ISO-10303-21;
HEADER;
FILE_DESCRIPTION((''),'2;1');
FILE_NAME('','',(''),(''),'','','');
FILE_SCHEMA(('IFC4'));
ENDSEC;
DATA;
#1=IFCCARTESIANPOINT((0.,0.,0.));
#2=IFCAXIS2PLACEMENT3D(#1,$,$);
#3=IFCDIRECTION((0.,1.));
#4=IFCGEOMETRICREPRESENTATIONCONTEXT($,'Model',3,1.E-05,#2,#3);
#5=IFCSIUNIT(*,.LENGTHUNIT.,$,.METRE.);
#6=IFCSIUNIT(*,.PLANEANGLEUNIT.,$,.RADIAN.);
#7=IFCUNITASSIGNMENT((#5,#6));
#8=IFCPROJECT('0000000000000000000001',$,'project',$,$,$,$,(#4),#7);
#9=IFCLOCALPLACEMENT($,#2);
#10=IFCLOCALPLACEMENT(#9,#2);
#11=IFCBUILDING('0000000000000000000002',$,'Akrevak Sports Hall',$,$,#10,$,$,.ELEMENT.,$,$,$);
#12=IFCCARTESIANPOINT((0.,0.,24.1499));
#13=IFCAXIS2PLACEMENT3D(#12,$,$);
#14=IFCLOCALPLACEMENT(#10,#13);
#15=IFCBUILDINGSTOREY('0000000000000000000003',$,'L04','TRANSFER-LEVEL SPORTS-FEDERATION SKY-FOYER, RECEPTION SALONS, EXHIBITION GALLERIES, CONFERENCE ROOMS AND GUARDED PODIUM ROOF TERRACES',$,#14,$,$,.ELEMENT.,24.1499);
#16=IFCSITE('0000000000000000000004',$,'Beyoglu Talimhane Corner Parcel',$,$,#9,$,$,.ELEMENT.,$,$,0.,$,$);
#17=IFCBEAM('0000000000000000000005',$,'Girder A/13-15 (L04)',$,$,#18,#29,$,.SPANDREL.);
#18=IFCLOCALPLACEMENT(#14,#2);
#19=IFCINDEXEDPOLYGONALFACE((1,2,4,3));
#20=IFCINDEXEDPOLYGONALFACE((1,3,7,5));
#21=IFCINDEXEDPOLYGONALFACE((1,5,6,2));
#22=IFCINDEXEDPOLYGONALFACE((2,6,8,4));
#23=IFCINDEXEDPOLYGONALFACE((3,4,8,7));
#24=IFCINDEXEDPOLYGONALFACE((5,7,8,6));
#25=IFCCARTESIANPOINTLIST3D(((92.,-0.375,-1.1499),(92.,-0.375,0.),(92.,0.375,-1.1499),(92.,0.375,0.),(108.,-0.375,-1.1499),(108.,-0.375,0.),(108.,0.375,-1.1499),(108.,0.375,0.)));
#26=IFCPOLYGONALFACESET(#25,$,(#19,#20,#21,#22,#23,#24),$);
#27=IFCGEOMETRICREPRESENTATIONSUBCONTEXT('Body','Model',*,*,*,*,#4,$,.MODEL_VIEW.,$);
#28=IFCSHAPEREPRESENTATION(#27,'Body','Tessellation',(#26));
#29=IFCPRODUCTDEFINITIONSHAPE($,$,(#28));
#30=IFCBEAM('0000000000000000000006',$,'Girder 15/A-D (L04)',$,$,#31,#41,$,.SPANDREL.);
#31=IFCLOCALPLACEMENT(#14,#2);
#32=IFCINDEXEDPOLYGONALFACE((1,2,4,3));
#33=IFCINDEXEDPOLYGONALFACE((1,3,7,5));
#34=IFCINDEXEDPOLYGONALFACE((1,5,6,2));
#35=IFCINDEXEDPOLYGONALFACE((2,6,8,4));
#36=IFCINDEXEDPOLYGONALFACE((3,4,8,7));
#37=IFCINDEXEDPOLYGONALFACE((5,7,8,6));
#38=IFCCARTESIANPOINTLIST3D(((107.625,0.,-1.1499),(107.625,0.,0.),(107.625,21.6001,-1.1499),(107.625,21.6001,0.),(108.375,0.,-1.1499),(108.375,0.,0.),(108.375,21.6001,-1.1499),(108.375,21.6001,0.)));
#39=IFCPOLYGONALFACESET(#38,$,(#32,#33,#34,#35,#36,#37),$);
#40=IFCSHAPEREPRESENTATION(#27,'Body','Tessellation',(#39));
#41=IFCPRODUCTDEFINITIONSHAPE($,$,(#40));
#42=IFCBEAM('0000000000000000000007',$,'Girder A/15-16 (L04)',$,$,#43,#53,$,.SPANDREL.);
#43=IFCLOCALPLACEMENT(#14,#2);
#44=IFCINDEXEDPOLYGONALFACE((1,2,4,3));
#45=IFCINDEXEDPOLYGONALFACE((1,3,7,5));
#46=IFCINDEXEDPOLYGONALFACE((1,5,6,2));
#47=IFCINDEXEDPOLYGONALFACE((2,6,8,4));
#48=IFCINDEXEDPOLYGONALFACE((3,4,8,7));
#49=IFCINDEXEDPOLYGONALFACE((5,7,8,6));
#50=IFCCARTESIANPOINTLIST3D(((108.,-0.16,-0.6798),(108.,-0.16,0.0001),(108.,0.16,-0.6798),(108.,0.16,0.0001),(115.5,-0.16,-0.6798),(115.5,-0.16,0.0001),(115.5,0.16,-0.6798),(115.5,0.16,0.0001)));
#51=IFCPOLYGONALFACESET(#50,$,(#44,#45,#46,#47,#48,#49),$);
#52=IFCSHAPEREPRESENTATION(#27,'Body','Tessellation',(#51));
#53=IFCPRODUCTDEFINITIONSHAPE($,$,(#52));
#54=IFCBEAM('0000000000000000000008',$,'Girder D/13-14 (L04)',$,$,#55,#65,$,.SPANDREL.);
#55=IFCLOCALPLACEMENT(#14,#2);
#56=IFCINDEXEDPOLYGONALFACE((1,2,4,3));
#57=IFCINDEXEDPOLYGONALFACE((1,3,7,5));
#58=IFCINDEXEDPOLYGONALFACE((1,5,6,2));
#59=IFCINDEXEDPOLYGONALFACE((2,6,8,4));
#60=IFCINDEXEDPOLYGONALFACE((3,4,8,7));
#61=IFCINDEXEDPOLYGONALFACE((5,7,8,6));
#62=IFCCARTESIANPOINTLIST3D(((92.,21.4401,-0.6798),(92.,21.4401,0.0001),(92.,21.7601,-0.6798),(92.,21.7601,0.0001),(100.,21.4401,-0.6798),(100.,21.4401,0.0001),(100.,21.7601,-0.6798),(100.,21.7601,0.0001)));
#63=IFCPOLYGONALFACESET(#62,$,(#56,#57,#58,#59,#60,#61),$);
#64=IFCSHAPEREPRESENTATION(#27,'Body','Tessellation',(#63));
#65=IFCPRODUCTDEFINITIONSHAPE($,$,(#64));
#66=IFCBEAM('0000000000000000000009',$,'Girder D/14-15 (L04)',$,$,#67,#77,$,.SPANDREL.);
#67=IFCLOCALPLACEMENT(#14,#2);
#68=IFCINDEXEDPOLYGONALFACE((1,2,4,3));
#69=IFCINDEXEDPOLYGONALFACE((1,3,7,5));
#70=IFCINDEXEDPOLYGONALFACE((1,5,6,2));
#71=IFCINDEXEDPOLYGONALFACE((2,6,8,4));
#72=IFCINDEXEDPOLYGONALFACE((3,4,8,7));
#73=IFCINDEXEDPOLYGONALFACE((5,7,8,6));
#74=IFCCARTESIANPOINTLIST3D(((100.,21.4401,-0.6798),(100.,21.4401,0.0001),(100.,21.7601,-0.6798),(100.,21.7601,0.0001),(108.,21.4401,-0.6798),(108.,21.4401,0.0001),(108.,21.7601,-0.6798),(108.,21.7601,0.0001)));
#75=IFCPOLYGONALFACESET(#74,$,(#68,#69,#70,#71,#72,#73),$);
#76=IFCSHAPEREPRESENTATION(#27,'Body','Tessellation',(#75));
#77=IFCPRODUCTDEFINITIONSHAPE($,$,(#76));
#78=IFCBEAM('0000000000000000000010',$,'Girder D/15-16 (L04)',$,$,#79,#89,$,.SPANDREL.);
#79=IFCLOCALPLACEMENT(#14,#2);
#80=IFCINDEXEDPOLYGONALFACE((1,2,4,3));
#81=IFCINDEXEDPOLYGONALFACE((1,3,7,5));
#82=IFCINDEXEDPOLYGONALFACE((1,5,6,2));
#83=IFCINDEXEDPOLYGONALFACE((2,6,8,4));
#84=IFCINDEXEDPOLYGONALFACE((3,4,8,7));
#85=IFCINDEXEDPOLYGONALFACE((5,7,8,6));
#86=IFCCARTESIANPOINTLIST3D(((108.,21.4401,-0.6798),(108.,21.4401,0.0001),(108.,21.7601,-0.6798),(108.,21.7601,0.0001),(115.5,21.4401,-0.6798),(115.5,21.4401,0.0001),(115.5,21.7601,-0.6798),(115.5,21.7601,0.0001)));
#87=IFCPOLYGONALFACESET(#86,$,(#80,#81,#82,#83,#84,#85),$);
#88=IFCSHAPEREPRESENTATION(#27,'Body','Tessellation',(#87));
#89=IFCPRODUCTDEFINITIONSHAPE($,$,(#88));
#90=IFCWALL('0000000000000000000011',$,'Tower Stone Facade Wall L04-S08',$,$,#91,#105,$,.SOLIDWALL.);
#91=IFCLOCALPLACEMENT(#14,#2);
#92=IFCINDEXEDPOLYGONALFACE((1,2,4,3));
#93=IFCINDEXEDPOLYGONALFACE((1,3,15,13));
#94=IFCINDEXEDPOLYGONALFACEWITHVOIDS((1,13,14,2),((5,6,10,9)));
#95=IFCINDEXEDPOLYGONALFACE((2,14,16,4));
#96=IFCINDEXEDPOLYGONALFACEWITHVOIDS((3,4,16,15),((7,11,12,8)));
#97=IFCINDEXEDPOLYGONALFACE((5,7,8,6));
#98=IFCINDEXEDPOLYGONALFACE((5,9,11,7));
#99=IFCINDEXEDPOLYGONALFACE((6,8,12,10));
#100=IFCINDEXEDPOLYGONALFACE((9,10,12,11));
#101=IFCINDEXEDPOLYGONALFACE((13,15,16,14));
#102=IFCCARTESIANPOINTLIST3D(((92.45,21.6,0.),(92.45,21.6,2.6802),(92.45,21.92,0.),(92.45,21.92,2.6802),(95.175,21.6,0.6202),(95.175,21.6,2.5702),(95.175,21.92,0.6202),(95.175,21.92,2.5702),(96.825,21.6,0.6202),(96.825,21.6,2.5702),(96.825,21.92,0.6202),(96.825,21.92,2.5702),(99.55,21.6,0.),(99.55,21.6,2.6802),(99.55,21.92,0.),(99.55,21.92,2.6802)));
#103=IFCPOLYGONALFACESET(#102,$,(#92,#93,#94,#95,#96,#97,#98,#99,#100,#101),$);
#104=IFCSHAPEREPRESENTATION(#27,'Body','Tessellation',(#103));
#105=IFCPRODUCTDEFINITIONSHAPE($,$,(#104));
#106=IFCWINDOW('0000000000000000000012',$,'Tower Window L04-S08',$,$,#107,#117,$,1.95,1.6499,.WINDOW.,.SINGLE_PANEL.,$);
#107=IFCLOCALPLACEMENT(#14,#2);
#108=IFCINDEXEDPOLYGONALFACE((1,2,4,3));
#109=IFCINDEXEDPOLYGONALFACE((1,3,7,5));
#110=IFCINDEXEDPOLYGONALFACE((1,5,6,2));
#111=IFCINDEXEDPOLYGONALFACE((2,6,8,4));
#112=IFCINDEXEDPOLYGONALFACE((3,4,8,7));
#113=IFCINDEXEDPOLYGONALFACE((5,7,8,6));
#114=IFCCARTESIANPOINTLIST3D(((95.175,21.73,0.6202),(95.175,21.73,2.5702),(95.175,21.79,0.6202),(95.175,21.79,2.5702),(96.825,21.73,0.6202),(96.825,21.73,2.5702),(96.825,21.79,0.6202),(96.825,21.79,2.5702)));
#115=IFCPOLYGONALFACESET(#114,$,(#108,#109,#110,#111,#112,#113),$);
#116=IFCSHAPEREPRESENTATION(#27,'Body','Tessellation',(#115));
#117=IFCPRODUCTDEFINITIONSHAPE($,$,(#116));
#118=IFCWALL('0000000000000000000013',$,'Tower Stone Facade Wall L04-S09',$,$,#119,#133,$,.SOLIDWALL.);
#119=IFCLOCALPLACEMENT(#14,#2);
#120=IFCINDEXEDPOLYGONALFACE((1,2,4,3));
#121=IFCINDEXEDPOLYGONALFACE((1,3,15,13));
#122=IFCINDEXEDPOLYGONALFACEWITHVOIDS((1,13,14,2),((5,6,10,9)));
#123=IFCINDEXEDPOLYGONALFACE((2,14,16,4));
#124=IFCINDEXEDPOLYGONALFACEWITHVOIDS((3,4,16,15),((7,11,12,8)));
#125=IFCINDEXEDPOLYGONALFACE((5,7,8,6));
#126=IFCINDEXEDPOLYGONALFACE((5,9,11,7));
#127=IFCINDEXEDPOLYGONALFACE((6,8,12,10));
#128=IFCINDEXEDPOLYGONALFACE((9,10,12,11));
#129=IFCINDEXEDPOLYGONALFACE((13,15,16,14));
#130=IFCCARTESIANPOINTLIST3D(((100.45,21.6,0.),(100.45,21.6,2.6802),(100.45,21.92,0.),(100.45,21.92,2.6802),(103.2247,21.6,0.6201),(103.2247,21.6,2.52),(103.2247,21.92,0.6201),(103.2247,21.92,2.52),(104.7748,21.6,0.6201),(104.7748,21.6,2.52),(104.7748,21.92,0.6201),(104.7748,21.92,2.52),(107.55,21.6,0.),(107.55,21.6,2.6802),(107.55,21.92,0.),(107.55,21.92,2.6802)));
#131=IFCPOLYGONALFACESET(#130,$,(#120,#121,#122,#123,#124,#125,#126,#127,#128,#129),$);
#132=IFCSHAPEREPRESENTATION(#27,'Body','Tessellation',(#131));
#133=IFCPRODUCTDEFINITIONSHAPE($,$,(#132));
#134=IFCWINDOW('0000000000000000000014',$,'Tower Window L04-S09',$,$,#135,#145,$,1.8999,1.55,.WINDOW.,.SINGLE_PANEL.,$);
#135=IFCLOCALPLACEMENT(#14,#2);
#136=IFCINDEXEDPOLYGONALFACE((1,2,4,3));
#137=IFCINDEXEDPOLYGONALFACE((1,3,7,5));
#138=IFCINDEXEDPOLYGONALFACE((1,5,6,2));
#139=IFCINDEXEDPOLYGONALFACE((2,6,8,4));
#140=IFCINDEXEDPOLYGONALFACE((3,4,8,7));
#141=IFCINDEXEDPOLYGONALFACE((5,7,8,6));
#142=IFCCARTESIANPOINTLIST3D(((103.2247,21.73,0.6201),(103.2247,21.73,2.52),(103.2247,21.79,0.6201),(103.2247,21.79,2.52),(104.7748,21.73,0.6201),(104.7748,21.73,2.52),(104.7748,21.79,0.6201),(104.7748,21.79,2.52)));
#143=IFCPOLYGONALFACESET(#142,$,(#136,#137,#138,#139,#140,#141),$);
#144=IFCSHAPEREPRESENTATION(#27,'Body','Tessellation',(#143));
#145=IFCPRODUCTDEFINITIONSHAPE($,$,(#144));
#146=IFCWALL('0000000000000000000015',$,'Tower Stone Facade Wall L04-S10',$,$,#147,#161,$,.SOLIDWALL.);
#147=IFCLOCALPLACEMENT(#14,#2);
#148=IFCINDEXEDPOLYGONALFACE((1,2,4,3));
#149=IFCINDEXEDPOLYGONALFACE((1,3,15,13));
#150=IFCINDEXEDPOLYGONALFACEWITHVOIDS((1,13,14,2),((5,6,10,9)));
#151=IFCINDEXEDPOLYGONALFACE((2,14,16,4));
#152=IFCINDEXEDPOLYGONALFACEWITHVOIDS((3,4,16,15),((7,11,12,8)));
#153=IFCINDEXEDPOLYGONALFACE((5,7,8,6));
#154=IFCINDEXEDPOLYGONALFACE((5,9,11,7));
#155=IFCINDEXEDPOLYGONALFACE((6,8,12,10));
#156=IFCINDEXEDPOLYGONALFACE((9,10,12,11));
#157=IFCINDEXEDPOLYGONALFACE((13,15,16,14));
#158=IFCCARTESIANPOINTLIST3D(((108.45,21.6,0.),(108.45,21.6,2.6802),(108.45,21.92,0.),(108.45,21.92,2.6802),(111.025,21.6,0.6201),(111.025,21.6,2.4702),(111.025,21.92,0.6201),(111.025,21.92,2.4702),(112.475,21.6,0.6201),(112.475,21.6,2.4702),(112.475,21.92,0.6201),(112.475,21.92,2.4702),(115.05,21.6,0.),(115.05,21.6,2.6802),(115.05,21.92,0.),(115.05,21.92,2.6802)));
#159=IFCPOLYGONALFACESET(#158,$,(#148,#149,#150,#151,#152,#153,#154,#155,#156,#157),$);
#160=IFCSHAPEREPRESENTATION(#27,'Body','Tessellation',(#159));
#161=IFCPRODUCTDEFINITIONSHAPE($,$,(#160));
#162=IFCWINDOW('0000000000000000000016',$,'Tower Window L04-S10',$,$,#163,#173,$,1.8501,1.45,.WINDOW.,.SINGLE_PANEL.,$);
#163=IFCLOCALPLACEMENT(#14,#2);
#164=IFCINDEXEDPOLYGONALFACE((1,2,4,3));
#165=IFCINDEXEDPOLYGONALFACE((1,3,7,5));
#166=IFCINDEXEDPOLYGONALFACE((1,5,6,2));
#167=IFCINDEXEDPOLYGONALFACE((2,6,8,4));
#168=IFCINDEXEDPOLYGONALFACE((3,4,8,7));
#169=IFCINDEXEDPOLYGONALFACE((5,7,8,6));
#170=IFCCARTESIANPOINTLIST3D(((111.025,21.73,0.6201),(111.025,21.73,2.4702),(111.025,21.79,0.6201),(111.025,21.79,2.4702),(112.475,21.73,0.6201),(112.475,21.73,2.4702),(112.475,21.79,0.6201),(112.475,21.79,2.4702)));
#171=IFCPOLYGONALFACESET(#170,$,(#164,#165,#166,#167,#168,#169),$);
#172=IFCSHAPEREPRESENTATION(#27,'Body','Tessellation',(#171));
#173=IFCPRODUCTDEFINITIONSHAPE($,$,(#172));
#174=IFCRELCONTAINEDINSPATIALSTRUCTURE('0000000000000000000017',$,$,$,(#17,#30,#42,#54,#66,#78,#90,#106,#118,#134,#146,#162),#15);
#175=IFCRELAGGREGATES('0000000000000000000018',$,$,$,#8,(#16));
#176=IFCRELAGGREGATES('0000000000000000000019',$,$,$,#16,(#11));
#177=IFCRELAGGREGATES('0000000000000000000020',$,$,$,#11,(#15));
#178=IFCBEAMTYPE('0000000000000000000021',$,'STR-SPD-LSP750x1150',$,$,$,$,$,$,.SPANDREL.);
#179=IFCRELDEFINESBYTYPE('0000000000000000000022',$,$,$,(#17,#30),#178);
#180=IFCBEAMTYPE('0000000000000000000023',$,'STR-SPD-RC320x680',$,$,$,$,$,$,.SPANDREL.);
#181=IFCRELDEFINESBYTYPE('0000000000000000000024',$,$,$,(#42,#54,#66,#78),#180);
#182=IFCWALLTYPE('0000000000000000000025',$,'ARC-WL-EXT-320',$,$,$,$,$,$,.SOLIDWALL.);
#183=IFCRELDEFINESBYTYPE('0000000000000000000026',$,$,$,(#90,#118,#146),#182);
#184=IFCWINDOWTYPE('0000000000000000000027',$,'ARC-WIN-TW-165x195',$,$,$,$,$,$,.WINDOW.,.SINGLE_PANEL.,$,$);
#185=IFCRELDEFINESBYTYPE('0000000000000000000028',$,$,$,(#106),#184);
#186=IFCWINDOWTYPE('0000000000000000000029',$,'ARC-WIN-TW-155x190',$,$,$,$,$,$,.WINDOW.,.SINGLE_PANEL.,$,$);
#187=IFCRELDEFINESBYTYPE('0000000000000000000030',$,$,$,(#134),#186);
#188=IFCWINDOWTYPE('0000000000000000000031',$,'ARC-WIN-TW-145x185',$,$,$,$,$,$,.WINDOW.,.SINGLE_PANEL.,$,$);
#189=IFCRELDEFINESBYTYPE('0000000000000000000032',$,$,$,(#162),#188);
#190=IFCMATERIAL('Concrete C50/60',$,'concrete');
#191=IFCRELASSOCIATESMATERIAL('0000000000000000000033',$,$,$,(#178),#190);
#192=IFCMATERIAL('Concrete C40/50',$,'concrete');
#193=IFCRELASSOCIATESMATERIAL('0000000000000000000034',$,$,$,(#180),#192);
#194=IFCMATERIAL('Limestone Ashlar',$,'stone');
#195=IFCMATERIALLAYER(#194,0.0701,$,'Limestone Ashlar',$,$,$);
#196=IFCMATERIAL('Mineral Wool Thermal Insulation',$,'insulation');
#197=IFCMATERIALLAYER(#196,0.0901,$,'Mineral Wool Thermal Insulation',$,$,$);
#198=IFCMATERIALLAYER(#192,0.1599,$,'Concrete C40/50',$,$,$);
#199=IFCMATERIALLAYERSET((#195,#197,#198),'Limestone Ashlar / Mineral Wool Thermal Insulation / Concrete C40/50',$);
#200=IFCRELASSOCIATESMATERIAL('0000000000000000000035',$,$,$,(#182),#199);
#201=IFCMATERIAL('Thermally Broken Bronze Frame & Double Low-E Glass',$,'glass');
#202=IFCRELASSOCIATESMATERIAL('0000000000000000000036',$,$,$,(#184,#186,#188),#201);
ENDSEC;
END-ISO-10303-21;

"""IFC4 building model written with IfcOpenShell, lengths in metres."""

from ifc_helpers import new_model, si_unit, direction, frame, frame_2d, origin, origin_2d, place, context, subcontext, project, spatial, rectangle, extrude, material, layer, layer_set, material_profile, profile_set, type_object, element, fill, save


model = new_model("IFC4")

# Units and contexts
model_context = context("Model", 3, precision=1e-05, world=origin(), true_north=direction((0.0, 1.0)))
body_context = subcontext(model_context, "Body", "Model", "MODEL_VIEW")
ifc_project = project(units=[si_unit("LENGTHUNIT", "METRE"), si_unit("PLANEANGLEUNIT", "RADIAN")], contexts=[model_context])

# Site, building, storey
site_placement = place(None, origin())
site = spatial("IfcSite", under=ifc_project, at=site_placement, Name="Beyoglu Talimhane Corner Parcel", CompositionType="ELEMENT", RefElevation=0.0)
building_placement = place(site_placement, origin())
building = spatial("IfcBuilding", under=site, at=building_placement, Name="Akrevak Sports Hall", CompositionType="ELEMENT")
storey_placement = place(building_placement, frame((0.0, 0.0, 24.1499)))
storey = spatial("IfcBuildingStorey", under=building, at=storey_placement, Name="L04", Description="TRANSFER-LEVEL SPORTS-FEDERATION SKY-FOYER, RECEPTION SALONS, EXHIBITION GALLERIES, CONFERENCE ROOMS AND GUARDED PODIUM ROOF TERRACES", CompositionType="ELEMENT", Elevation=24.1499)

# Shared definitions
ifc_material_1 = material(Name="Concrete C50/60", Category="concrete")
ifc_material_2 = material(Name="Concrete C40/50", Category="concrete")

# Beams
ifc_material_profile_1 = material_profile(ifc_material_1, rectangle(XDim=0.75, YDim=1.1499, at=origin_2d()), Name="SPD 750x1150", Category="concrete")
ifc_profile_set_1 = profile_set([ifc_material_profile_1], Name="Concrete C50/60")
beam_type_1 = type_object("IfcBeamType", Name="STR-SPD-LSP750x1150", PredefinedType="SPANDREL", material=ifc_profile_set_1)
beam_1_placement = place(storey_placement, frame((92.0, 0.0, -0.575), z_axis=(1.0, 0.0, 0.0), x_axis=(0.0, 1.0, 0.0)))
element("IfcBeam", 1, at=beam_1_placement, inside=storey, type_object=beam_type_1, Name="Girder A/13-15 (L04)", PredefinedType="SPANDREL", context=body_context, shape_type="SweptSolid", body=[
    extrude(rectangle(XDim=0.75, YDim=1.1499, at=origin_2d()), origin(), (0.0, 0.0, 1.0), 16.0),
])
beam_2_placement = place(storey_placement, frame((108.0, 0.0, -0.575), z_axis=(0.0, 1.0, 0.0), x_axis=(-1.0, 0.0, 0.0)))
element("IfcBeam", 2, at=beam_2_placement, inside=storey, type_object=beam_type_1, Name="Girder 15/A-D (L04)", PredefinedType="SPANDREL", context=body_context, shape_type="SweptSolid", body=[
    extrude(rectangle(XDim=0.75, YDim=1.1499, at=origin_2d()), origin(), (0.0, 0.0, 1.0), 21.6001),
])
ifc_material_profile_2 = material_profile(ifc_material_2, rectangle(XDim=0.3201, YDim=0.6799, at=origin_2d()), Name="SPD 320x680", Category="concrete")
ifc_profile_set_2 = profile_set([ifc_material_profile_2], Name="Concrete C40/50")
beam_type_2 = type_object("IfcBeamType", Name="STR-SPD-RC320x680", PredefinedType="SPANDREL", material=ifc_profile_set_2)
beam_3_placement = place(storey_placement, frame((108.0, 0.0, -0.3398), z_axis=(1.0, 0.0, 0.0), x_axis=(0.0, 1.0, 0.0)))
element("IfcBeam", 3, at=beam_3_placement, inside=storey, type_object=beam_type_2, Name="Girder A/15-16 (L04)", PredefinedType="SPANDREL", context=body_context, shape_type="SweptSolid", body=[
    extrude(rectangle(XDim=0.3201, YDim=0.6799, at=origin_2d()), origin(), (0.0, 0.0, 1.0), 7.5),
])
for number, where, z_axis, x_axis, name in (
    (4, (92.0, 21.6001, -0.3398), (1.0, 0.0, 0.0), (0.0, 1.0, 0.0), "Girder D/13-14 (L04)"),
    (5, (100.0, 21.6001, -0.3398), (1.0, 0.0, 0.0), (0.0, 1.0, 0.0), "Girder D/14-15 (L04)"),
):
    element("IfcBeam", number, at=place(storey_placement, frame(where, z_axis=z_axis, x_axis=x_axis)), inside=storey, type_object=beam_type_2, Name=name, PredefinedType="SPANDREL", context=body_context, shape_type="SweptSolid", body=[
        extrude(rectangle(XDim=0.3201, YDim=0.6799, at=origin_2d()), origin(), (0.0, 0.0, 1.0), 8.0),
    ])
beam_4_placement = place(storey_placement, frame((108.0, 21.6001, -0.3398), z_axis=(1.0, 0.0, 0.0), x_axis=(0.0, 1.0, 0.0)))
element("IfcBeam", 6, at=beam_4_placement, inside=storey, type_object=beam_type_2, Name="Girder D/15-16 (L04)", PredefinedType="SPANDREL", context=body_context, shape_type="SweptSolid", body=[
    extrude(rectangle(XDim=0.3201, YDim=0.6799, at=origin_2d()), origin(), (0.0, 0.0, 1.0), 7.5),
])

# Walls, openings, windows
ifc_material_3 = material(Name="Limestone Ashlar", Category="stone")
ifc_layer_1 = layer(ifc_material_3, 0.0701, Name="Limestone Ashlar")
ifc_material_4 = material(Name="Mineral Wool Thermal Insulation", Category="insulation")
ifc_layer_2 = layer(ifc_material_4, 0.0901, Name="Mineral Wool Thermal Insulation")
ifc_layer_3 = layer(ifc_material_2, 0.1599, Name="Concrete C40/50")
ifc_layer_set_1 = layer_set([ifc_layer_1, ifc_layer_2, ifc_layer_3], Name="Limestone Ashlar / Mineral Wool Thermal Insulation / Concrete C40/50")
wall_type = type_object("IfcWallType", Name="ARC-WL-EXT-320", PredefinedType="SOLIDWALL", material=ifc_layer_set_1)
wall_1_placement = place(storey_placement, frame((92.45, 21.76, 0.0), z_axis=(0.0, 0.0, 1.0), x_axis=(1.0, 0.0, 0.0)))
wall_1 = element("IfcWall", 7, at=wall_1_placement, inside=storey, type_object=wall_type, Name="Tower Stone Facade Wall L04-S08", PredefinedType="SOLIDWALL", context=body_context, shape_type="SweptSolid", body=[
    extrude(rectangle(XDim=7.1001, YDim=0.3201, at=frame_2d((3.55, 0.0))), origin(), (0.0, 0.0, 1.0), 2.6802),
])
opening_1_placement = place(wall_1_placement, frame((2.7251, 0.0, 0.6201)))
opening_1 = element("IfcOpeningElement", 8, at=opening_1_placement, cuts=wall_1, PredefinedType="OPENING", context=body_context, shape_type="SweptSolid", body=[
    extrude(rectangle(XDim=1.6499, YDim=1.95, at=frame_2d((0.825, 0.9751))), frame((0.0, 0.1719, 0.0), z_axis=(0.0, -1.0, 0.0), x_axis=(1.0, 0.0, 0.0)), (0.0, 0.0, 1.0), 0.344),
])
ifc_material_5 = material(Name="Thermally Broken Bronze Frame & Double Low-E Glass", Category="glass")
window_type_1 = type_object("IfcWindowType", Name="ARC-WIN-TW-165x195", PartitioningType="SINGLE_PANEL", PredefinedType="WINDOW", material=ifc_material_5)
window_1_placement = place(opening_1_placement, origin())
window_1 = element("IfcWindow", 9, at=window_1_placement, inside=storey, type_object=window_type_1, Name="Tower Window L04-S08", OverallHeight=1.95, OverallWidth=1.6499, PartitioningType="SINGLE_PANEL", PredefinedType="WINDOW", context=body_context, shape_type="SweptSolid", body=[
    extrude(rectangle(XDim=1.6499, YDim=1.95, at=frame_2d((0.825, 0.9751))), frame((0.0, 0.03, 0.0), z_axis=(0.0, -1.0, 0.0), x_axis=(1.0, 0.0, 0.0)), (0.0, 0.0, 1.0), 0.0601),
])
fill(opening_1, window_1)
wall_2_placement = place(storey_placement, frame((100.45, 21.76, 0.0), z_axis=(0.0, 0.0, 1.0), x_axis=(1.0, 0.0, 0.0)))
wall_2 = element("IfcWall", 10, at=wall_2_placement, inside=storey, type_object=wall_type, Name="Tower Stone Facade Wall L04-S09", PredefinedType="SOLIDWALL", context=body_context, shape_type="SweptSolid", body=[
    extrude(rectangle(XDim=7.1001, YDim=0.3201, at=frame_2d((3.55, 0.0))), origin(), (0.0, 0.0, 1.0), 2.6802),
])
opening_2_placement = place(wall_2_placement, frame((2.7749, 0.0, 0.6201)))
opening_2 = element("IfcOpeningElement", 11, at=opening_2_placement, cuts=wall_2, PredefinedType="OPENING", context=body_context, shape_type="SweptSolid", body=[
    extrude(rectangle(XDim=1.55, YDim=1.8999, at=frame_2d((0.7749, 0.95))), frame((0.0, 0.1719, 0.0), z_axis=(0.0, -1.0, 0.0), x_axis=(1.0, 0.0, 0.0)), (0.0, 0.0, 1.0), 0.344),
])
window_type_2 = type_object("IfcWindowType", Name="ARC-WIN-TW-155x190", PartitioningType="SINGLE_PANEL", PredefinedType="WINDOW", material=ifc_material_5)
window_2_placement = place(opening_2_placement, origin())
window_2 = element("IfcWindow", 12, at=window_2_placement, inside=storey, type_object=window_type_2, Name="Tower Window L04-S09", OverallHeight=1.8999, OverallWidth=1.55, PartitioningType="SINGLE_PANEL", PredefinedType="WINDOW", context=body_context, shape_type="SweptSolid", body=[
    extrude(rectangle(XDim=1.55, YDim=1.8999, at=frame_2d((0.7749, 0.95))), frame((0.0, 0.03, 0.0), z_axis=(0.0, -1.0, 0.0), x_axis=(1.0, 0.0, 0.0)), (0.0, 0.0, 1.0), 0.0601),
])
fill(opening_2, window_2)
wall_3_placement = place(storey_placement, frame((108.45, 21.76, 0.0), z_axis=(0.0, 0.0, 1.0), x_axis=(1.0, 0.0, 0.0)))
wall_3 = element("IfcWall", 13, at=wall_3_placement, inside=storey, type_object=wall_type, Name="Tower Stone Facade Wall L04-S10", PredefinedType="SOLIDWALL", context=body_context, shape_type="SweptSolid", body=[
    extrude(rectangle(XDim=6.6001, YDim=0.3201, at=frame_2d((3.3, 0.0))), origin(), (0.0, 0.0, 1.0), 2.6802),
])
opening_3_placement = place(wall_3_placement, frame((2.575, 0.0, 0.6201)))
opening_3 = element("IfcOpeningElement", 14, at=opening_3_placement, cuts=wall_3, PredefinedType="OPENING", context=body_context, shape_type="SweptSolid", body=[
    extrude(rectangle(XDim=1.45, YDim=1.8501, at=frame_2d((0.7251, 0.925))), frame((0.0, 0.1719, 0.0), z_axis=(0.0, -1.0, 0.0), x_axis=(1.0, 0.0, 0.0)), (0.0, 0.0, 1.0), 0.344),
])
window_type_3 = type_object("IfcWindowType", Name="ARC-WIN-TW-145x185", PartitioningType="SINGLE_PANEL", PredefinedType="WINDOW", material=ifc_material_5)
window_3_placement = place(opening_3_placement, origin())
window_3 = element("IfcWindow", 15, at=window_3_placement, inside=storey, type_object=window_type_3, Name="Tower Window L04-S10", OverallHeight=1.8501, OverallWidth=1.45, PartitioningType="SINGLE_PANEL", PredefinedType="WINDOW", context=body_context, shape_type="SweptSolid", body=[
    extrude(rectangle(XDim=1.45, YDim=1.8501, at=frame_2d((0.7251, 0.925))), frame((0.0, 0.03, 0.0), z_axis=(0.0, -1.0, 0.0), x_axis=(1.0, 0.0, 0.0)), (0.0, 0.0, 1.0), 0.0601),
])
fill(opening_3, window_3)

save(model, "model.ifc")
